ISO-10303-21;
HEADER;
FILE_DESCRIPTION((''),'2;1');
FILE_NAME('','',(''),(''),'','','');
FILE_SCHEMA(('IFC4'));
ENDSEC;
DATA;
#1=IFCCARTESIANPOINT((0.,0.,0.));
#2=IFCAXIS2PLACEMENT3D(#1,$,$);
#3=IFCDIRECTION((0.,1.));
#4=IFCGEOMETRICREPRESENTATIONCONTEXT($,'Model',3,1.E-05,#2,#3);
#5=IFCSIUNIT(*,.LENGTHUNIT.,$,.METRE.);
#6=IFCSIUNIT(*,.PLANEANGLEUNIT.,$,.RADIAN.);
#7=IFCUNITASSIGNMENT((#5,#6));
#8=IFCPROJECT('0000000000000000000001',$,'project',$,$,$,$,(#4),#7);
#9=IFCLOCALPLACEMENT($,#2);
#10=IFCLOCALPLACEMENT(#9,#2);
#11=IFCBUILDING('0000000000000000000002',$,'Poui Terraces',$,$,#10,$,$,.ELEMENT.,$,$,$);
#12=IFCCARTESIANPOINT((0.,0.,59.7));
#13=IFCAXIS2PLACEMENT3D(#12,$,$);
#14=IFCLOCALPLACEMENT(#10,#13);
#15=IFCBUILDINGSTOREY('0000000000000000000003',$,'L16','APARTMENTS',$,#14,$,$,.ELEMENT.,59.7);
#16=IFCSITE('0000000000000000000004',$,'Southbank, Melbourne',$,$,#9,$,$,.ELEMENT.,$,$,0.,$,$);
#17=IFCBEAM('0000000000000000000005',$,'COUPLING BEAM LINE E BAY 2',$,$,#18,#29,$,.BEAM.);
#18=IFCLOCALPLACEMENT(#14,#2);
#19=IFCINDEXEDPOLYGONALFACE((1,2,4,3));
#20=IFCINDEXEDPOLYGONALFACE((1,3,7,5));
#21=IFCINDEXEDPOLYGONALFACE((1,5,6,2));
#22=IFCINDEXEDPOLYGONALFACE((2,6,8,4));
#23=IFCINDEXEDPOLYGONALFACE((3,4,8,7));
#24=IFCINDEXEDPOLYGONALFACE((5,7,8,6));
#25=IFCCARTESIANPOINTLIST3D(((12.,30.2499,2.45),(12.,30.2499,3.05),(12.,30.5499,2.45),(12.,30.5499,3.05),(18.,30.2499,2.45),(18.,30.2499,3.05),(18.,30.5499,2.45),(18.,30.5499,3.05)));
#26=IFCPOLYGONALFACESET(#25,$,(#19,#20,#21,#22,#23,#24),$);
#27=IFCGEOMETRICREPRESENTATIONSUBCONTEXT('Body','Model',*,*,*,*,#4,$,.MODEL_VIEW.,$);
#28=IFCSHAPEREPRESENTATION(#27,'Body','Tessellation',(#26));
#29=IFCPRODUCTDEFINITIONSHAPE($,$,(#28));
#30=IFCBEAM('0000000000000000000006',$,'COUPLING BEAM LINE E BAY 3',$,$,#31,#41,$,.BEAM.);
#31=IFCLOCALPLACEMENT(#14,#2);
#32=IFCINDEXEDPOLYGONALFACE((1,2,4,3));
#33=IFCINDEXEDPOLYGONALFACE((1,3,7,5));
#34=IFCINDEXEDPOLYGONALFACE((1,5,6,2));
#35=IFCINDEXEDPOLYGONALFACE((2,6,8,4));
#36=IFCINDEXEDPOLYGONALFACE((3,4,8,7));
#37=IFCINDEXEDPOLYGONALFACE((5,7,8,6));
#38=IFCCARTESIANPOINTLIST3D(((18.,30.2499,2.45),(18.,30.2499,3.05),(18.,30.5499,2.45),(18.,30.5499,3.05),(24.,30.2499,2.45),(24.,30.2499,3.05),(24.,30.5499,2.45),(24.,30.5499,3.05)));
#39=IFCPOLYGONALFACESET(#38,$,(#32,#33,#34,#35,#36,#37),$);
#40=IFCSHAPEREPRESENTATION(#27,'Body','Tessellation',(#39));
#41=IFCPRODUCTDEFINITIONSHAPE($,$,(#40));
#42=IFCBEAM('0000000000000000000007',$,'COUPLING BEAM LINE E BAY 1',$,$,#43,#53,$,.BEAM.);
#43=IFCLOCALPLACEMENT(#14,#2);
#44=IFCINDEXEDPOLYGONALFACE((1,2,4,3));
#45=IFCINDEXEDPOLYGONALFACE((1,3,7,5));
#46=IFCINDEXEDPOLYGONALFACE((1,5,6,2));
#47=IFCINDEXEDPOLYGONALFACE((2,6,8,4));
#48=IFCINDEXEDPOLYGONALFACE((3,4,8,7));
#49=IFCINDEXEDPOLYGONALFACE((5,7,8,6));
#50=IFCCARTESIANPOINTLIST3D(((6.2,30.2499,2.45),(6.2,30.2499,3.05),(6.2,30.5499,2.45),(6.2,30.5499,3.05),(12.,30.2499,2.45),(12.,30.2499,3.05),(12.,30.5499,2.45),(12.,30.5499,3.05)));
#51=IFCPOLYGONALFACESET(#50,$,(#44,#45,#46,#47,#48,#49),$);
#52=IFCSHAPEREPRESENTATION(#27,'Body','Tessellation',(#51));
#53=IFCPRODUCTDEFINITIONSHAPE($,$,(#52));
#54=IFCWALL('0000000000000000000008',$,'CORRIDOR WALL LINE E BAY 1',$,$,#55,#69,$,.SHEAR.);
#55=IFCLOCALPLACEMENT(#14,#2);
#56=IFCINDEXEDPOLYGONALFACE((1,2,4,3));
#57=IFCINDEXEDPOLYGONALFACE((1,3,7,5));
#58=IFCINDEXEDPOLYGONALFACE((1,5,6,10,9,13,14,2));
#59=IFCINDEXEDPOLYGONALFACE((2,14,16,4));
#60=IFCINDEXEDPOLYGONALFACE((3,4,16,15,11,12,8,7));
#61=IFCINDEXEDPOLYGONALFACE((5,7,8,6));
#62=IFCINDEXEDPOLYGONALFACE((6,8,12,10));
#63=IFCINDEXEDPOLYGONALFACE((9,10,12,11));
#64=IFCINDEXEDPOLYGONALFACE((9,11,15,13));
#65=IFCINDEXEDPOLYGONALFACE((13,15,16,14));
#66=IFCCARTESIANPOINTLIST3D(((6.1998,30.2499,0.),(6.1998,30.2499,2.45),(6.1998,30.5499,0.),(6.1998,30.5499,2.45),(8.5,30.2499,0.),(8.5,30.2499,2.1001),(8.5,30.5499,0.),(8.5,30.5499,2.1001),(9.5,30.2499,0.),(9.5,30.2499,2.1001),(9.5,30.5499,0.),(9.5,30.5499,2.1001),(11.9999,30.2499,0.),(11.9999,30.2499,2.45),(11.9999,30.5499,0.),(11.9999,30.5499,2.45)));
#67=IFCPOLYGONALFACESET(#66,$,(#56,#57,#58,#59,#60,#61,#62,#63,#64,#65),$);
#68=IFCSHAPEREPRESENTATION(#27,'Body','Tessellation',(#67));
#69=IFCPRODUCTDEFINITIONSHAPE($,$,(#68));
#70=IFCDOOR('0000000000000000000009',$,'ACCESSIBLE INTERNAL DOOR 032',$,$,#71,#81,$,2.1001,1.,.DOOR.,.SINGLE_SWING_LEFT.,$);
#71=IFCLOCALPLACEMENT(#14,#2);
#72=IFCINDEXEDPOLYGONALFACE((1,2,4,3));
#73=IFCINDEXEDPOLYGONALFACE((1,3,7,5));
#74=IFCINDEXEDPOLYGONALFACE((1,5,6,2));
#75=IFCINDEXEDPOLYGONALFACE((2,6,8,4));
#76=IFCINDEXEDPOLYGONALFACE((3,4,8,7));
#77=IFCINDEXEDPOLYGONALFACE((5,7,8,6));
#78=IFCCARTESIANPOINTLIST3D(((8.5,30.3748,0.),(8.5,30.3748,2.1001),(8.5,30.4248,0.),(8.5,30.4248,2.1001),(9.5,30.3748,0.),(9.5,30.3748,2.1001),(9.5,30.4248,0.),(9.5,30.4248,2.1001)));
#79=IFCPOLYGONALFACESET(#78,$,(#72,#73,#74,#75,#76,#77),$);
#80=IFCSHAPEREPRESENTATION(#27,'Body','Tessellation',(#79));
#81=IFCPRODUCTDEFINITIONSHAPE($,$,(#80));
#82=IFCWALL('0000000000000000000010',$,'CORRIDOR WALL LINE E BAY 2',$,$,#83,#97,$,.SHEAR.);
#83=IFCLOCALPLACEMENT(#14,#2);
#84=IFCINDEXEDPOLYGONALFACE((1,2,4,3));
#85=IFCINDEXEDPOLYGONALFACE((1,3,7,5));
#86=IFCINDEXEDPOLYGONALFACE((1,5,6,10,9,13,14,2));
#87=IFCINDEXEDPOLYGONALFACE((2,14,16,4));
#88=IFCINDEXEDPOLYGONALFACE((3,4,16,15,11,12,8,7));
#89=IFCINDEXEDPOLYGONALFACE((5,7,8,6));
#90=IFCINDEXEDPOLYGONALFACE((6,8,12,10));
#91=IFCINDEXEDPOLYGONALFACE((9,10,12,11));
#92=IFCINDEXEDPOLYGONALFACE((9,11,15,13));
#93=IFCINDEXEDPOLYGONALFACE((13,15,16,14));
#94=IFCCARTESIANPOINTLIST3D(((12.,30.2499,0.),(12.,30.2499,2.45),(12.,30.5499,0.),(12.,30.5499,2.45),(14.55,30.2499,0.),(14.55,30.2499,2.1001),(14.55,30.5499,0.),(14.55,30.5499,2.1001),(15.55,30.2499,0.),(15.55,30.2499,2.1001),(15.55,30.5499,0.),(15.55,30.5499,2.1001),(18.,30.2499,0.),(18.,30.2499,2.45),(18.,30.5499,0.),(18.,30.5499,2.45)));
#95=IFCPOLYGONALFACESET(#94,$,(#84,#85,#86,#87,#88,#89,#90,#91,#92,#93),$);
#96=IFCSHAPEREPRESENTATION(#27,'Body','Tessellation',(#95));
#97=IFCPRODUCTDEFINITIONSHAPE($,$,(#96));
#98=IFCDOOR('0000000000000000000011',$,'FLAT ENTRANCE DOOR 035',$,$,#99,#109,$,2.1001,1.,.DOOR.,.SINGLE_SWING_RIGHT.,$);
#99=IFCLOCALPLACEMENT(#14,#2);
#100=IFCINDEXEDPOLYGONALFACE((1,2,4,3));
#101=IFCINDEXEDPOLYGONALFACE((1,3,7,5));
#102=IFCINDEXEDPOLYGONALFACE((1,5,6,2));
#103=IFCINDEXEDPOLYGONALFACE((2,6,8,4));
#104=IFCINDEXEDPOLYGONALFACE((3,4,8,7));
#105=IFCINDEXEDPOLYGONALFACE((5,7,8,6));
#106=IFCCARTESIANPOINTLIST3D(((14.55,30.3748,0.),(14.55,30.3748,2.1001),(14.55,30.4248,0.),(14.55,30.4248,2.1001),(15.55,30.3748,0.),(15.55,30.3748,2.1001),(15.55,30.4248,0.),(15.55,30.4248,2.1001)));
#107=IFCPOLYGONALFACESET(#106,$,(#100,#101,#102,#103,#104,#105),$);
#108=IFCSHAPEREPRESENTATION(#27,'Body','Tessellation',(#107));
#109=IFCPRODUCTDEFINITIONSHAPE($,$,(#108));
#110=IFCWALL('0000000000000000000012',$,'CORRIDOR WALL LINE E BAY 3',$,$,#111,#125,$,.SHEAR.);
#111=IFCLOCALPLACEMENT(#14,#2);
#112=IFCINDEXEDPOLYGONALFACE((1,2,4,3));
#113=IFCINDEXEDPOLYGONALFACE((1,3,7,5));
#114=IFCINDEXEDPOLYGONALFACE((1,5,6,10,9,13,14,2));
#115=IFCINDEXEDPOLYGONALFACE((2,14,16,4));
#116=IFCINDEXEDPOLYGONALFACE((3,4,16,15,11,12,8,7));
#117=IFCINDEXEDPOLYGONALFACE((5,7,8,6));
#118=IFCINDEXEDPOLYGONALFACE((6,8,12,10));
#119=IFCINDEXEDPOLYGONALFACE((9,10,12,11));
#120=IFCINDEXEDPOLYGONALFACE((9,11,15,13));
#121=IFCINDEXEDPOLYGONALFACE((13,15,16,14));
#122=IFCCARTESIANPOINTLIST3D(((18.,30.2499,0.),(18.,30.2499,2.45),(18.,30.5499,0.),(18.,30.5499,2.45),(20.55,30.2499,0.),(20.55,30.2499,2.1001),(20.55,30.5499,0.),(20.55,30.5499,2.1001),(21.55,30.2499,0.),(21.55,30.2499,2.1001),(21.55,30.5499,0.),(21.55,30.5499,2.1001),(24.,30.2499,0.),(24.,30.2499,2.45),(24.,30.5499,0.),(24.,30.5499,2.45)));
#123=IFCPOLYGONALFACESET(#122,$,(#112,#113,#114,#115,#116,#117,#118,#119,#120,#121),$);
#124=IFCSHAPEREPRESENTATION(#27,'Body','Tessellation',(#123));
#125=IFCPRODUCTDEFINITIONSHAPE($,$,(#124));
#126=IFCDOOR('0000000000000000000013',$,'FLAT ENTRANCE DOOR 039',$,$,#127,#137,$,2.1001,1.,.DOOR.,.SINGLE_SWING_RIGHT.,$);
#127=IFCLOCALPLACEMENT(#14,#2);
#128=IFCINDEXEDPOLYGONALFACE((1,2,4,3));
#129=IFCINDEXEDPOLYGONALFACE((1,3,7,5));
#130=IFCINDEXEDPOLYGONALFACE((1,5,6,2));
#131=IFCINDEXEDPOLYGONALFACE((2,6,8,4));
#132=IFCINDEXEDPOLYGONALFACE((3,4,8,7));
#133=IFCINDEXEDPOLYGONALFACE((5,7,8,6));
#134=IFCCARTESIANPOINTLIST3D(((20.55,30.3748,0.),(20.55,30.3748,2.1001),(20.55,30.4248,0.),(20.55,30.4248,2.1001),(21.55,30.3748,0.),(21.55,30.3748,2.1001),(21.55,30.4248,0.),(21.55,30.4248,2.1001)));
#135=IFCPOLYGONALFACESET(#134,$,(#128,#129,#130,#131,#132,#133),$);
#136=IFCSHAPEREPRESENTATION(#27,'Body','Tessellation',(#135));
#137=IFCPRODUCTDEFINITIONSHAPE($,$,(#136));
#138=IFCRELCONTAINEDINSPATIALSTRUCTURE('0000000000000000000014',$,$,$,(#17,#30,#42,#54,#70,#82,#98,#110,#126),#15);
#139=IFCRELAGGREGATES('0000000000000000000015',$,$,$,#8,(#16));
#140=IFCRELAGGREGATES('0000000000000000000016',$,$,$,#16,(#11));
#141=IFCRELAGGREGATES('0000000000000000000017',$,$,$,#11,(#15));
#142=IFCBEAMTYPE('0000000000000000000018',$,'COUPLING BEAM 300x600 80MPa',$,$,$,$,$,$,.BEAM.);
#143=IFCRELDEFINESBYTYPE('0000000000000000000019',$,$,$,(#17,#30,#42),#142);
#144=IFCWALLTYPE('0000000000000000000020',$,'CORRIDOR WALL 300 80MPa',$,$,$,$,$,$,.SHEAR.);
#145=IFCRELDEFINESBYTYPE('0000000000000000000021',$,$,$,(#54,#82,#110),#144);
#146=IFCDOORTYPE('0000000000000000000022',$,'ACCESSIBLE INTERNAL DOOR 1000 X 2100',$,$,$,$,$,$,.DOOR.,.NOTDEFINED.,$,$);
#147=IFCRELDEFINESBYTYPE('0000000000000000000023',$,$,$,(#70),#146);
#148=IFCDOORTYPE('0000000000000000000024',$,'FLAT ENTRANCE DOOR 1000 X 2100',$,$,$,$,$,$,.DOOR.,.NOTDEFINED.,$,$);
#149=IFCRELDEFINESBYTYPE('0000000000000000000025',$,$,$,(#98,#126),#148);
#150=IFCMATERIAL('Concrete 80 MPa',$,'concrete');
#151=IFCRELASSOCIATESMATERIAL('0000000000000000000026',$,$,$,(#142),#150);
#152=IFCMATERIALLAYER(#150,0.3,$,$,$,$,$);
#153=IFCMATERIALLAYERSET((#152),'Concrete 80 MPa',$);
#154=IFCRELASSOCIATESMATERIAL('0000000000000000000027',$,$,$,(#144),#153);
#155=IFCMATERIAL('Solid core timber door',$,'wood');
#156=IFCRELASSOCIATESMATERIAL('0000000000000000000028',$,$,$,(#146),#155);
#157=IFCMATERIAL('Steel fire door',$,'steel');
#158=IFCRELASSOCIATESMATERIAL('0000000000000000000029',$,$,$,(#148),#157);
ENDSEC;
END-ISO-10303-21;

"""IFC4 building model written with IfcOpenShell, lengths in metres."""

from ifc_helpers import new_model, si_unit, direction, frame, frame_2d, origin, origin_2d, place, context, subcontext, project, spatial, rectangle, extrude, source, transform, mapped, material, layer, layer_set, material_profile, profile_set, type_object, element, fill, save


model = new_model("IFC4")

# Units and contexts
model_context = context("Model", 3, precision=1e-05, world=origin(), true_north=direction((0.0, 1.0)))
body_context = subcontext(model_context, "Body", "Model", "MODEL_VIEW")
ifc_project = project(units=[si_unit("LENGTHUNIT", "METRE"), si_unit("PLANEANGLEUNIT", "RADIAN")], contexts=[model_context])

# Site, building, storey
site_placement = place(None, origin())
site = spatial("IfcSite", under=ifc_project, at=site_placement, Name="Southbank, Melbourne", CompositionType="ELEMENT", RefElevation=0.0)
building_placement = place(site_placement, origin())
building = spatial("IfcBuilding", under=site, at=building_placement, Name="Poui Terraces", CompositionType="ELEMENT")
storey_placement = place(building_placement, frame((0.0, 0.0, 59.7)))
storey = spatial("IfcBuildingStorey", under=building, at=storey_placement, Name="L16", Description="APARTMENTS", CompositionType="ELEMENT", Elevation=59.7)

# Beams
ifc_material_1 = material(Name="Concrete 80 MPa", Category="concrete")
ifc_material_profile = material_profile(ifc_material_1, rectangle(XDim=0.3, YDim=0.6001, at=origin_2d()), Name="RC 300x600")
ifc_profile_set = profile_set([ifc_material_profile], Name="Concrete 80 MPa")
beam_type = type_object("IfcBeamType", Name="COUPLING BEAM 300x600 80MPa", PredefinedType="BEAM", material=ifc_profile_set)
shared_shape_1 = source(origin(), body_context, "Body", "SweptSolid", [
    extrude(rectangle(XDim=0.3, YDim=0.6001, at=origin_2d()), origin(), (0.0, 0.0, 1.0), 6.0),
])
for number, where, z_axis, x_axis, name in (
    (1, (12.0, 30.3999, 2.75), (1.0, 0.0, 0.0), (0.0, 1.0, 0.0), "COUPLING BEAM LINE E BAY 2"),
    (2, (18.0, 30.3999, 2.75), (1.0, 0.0, 0.0), (0.0, 1.0, 0.0), "COUPLING BEAM LINE E BAY 3"),
):
    element("IfcBeam", number, at=place(storey_placement, frame(where, z_axis=z_axis, x_axis=x_axis)), inside=storey, type_object=beam_type, Name=name, PredefinedType="BEAM", context=body_context, shape_type="MappedRepresentation", body=[
        mapped(shared_shape_1, transform((0.0, 0.0, 0.0))),
    ])
shared_shape_2 = source(origin(), body_context, "Body", "SweptSolid", [
    extrude(rectangle(XDim=0.3, YDim=0.6001, at=origin_2d()), origin(), (0.0, 0.0, 1.0), 5.8),
])
beam_placement = place(storey_placement, frame((6.2, 30.3999, 2.75), z_axis=(1.0, 0.0, 0.0), x_axis=(0.0, 1.0, 0.0)))
element("IfcBeam", 3, at=beam_placement, inside=storey, type_object=beam_type, Name="COUPLING BEAM LINE E BAY 1", PredefinedType="BEAM", context=body_context, shape_type="MappedRepresentation", body=[
    mapped(shared_shape_2, transform((0.0, 0.0, 0.0))),
])

# Walls, openings, doors
ifc_layer = layer(ifc_material_1, 0.3)
ifc_layer_set = layer_set([ifc_layer], Name="Concrete 80 MPa")
wall_type = type_object("IfcWallType", Name="CORRIDOR WALL 300 80MPa", PredefinedType="SHEAR", material=ifc_layer_set)
wall_1_placement = place(storey_placement, frame((6.2, 30.3999, 0.0), z_axis=(0.0, 0.0, 1.0), x_axis=(1.0, 0.0, 0.0)))
wall_1 = element("IfcWall", 4, at=wall_1_placement, inside=storey, type_object=wall_type, Name="CORRIDOR WALL LINE E BAY 1", PredefinedType="SHEAR", context=body_context, shape_type="SweptSolid", body=[
    extrude(rectangle(XDim=5.8, YDim=0.3, at=frame_2d((2.8999, 0.0))), origin(), (0.0, 0.0, 1.0), 2.45),
])
opening_1_placement = place(wall_1_placement, frame((2.3, 0.0, 0.0)))
opening_1 = element("IfcOpeningElement", 5, at=opening_1_placement, cuts=wall_1, PredefinedType="OPENING", context=body_context, shape_type="SweptSolid", body=[
    extrude(rectangle(XDim=1.0, YDim=2.1001, at=frame_2d((0.5, 1.05))), frame((0.0, 0.1602, 0.0), z_axis=(0.0, -1.0, 0.0), x_axis=(1.0, 0.0, 0.0)), (0.0, 0.0, 1.0), 0.3201),
])
ifc_material_2 = material(Name="Solid core timber door", Category="wood")
door_type_1 = type_object("IfcDoorType", Name="ACCESSIBLE INTERNAL DOOR 1000 X 2100", OperationType="NOTDEFINED", PredefinedType="DOOR", material=ifc_material_2)
door_1_placement = place(opening_1_placement, origin())
door_1 = element("IfcDoor", 6, at=door_1_placement, inside=storey, type_object=door_type_1, Name="ACCESSIBLE INTERNAL DOOR 032", OperationType="SINGLE_SWING_LEFT", OverallHeight=2.1001, OverallWidth=1.0, PredefinedType="DOOR", context=body_context, shape_type="SweptSolid", body=[
    extrude(rectangle(XDim=1.0, YDim=2.1001, at=frame_2d((0.5, 1.05))), frame((0.0, 0.0249, 0.0), z_axis=(0.0, -1.0, 0.0), x_axis=(1.0, 0.0, 0.0)), (0.0, 0.0, 1.0), 0.05),
])
fill(opening_1, door_1)
wall_2_placement = place(storey_placement, frame((12.0, 30.3999, 0.0), z_axis=(0.0, 0.0, 1.0), x_axis=(1.0, 0.0, 0.0)))
wall_2 = element("IfcWall", 7, at=wall_2_placement, inside=storey, type_object=wall_type, Name="CORRIDOR WALL LINE E BAY 2", PredefinedType="SHEAR", context=body_context, shape_type="SweptSolid", body=[
    extrude(rectangle(XDim=6.0, YDim=0.3, at=frame_2d((3.0, 0.0))), origin(), (0.0, 0.0, 1.0), 2.45),
])
opening_2_placement = place(wall_2_placement, frame((2.55, 0.0, 0.0)))
opening_2 = element("IfcOpeningElement", 8, at=opening_2_placement, cuts=wall_2, PredefinedType="OPENING", context=body_context, shape_type="SweptSolid", body=[
    extrude(rectangle(XDim=1.0, YDim=2.1001, at=frame_2d((0.5, 1.05))), frame((0.0, 0.1602, 0.0), z_axis=(0.0, -1.0, 0.0), x_axis=(1.0, 0.0, 0.0)), (0.0, 0.0, 1.0), 0.3201),
])
ifc_material_3 = material(Name="Steel fire door", Category="steel")
door_type_2 = type_object("IfcDoorType", Name="FLAT ENTRANCE DOOR 1000 X 2100", OperationType="NOTDEFINED", PredefinedType="DOOR", material=ifc_material_3)
door_2_placement = place(opening_2_placement, origin())
door_2 = element("IfcDoor", 9, at=door_2_placement, inside=storey, type_object=door_type_2, Name="FLAT ENTRANCE DOOR 035", OperationType="SINGLE_SWING_RIGHT", OverallHeight=2.1001, OverallWidth=1.0, PredefinedType="DOOR", context=body_context, shape_type="SweptSolid", body=[
    extrude(rectangle(XDim=1.0, YDim=2.1001, at=frame_2d((0.5, 1.05))), frame((0.0, 0.0249, 0.0), z_axis=(0.0, -1.0, 0.0), x_axis=(1.0, 0.0, 0.0)), (0.0, 0.0, 1.0), 0.05),
])
fill(opening_2, door_2)
wall_3_placement = place(storey_placement, frame((18.0, 30.3999, 0.0), z_axis=(0.0, 0.0, 1.0), x_axis=(1.0, 0.0, 0.0)))
wall_3 = element("IfcWall", 10, at=wall_3_placement, inside=storey, type_object=wall_type, Name="CORRIDOR WALL LINE E BAY 3", PredefinedType="SHEAR", context=body_context, shape_type="SweptSolid", body=[
    extrude(rectangle(XDim=6.0, YDim=0.3, at=frame_2d((3.0, 0.0))), origin(), (0.0, 0.0, 1.0), 2.45),
])
opening_3_placement = place(wall_3_placement, frame((2.55, 0.0, 0.0)))
opening_3 = element("IfcOpeningElement", 11, at=opening_3_placement, cuts=wall_3, PredefinedType="OPENING", context=body_context, shape_type="SweptSolid", body=[
    extrude(rectangle(XDim=1.0, YDim=2.1001, at=frame_2d((0.5, 1.05))), frame((0.0, 0.1602, 0.0), z_axis=(0.0, -1.0, 0.0), x_axis=(1.0, 0.0, 0.0)), (0.0, 0.0, 1.0), 0.3201),
])
door_3_placement = place(opening_3_placement, origin())
door_3 = element("IfcDoor", 12, at=door_3_placement, inside=storey, type_object=door_type_2, Name="FLAT ENTRANCE DOOR 039", OperationType="SINGLE_SWING_RIGHT", OverallHeight=2.1001, OverallWidth=1.0, PredefinedType="DOOR", context=body_context, shape_type="SweptSolid", body=[
    extrude(rectangle(XDim=1.0, YDim=2.1001, at=frame_2d((0.5, 1.05))), frame((0.0, 0.0249, 0.0), z_axis=(0.0, -1.0, 0.0), x_axis=(1.0, 0.0, 0.0)), (0.0, 0.0, 1.0), 0.05),
])
fill(opening_3, door_3)

save(model, "model.ifc")
